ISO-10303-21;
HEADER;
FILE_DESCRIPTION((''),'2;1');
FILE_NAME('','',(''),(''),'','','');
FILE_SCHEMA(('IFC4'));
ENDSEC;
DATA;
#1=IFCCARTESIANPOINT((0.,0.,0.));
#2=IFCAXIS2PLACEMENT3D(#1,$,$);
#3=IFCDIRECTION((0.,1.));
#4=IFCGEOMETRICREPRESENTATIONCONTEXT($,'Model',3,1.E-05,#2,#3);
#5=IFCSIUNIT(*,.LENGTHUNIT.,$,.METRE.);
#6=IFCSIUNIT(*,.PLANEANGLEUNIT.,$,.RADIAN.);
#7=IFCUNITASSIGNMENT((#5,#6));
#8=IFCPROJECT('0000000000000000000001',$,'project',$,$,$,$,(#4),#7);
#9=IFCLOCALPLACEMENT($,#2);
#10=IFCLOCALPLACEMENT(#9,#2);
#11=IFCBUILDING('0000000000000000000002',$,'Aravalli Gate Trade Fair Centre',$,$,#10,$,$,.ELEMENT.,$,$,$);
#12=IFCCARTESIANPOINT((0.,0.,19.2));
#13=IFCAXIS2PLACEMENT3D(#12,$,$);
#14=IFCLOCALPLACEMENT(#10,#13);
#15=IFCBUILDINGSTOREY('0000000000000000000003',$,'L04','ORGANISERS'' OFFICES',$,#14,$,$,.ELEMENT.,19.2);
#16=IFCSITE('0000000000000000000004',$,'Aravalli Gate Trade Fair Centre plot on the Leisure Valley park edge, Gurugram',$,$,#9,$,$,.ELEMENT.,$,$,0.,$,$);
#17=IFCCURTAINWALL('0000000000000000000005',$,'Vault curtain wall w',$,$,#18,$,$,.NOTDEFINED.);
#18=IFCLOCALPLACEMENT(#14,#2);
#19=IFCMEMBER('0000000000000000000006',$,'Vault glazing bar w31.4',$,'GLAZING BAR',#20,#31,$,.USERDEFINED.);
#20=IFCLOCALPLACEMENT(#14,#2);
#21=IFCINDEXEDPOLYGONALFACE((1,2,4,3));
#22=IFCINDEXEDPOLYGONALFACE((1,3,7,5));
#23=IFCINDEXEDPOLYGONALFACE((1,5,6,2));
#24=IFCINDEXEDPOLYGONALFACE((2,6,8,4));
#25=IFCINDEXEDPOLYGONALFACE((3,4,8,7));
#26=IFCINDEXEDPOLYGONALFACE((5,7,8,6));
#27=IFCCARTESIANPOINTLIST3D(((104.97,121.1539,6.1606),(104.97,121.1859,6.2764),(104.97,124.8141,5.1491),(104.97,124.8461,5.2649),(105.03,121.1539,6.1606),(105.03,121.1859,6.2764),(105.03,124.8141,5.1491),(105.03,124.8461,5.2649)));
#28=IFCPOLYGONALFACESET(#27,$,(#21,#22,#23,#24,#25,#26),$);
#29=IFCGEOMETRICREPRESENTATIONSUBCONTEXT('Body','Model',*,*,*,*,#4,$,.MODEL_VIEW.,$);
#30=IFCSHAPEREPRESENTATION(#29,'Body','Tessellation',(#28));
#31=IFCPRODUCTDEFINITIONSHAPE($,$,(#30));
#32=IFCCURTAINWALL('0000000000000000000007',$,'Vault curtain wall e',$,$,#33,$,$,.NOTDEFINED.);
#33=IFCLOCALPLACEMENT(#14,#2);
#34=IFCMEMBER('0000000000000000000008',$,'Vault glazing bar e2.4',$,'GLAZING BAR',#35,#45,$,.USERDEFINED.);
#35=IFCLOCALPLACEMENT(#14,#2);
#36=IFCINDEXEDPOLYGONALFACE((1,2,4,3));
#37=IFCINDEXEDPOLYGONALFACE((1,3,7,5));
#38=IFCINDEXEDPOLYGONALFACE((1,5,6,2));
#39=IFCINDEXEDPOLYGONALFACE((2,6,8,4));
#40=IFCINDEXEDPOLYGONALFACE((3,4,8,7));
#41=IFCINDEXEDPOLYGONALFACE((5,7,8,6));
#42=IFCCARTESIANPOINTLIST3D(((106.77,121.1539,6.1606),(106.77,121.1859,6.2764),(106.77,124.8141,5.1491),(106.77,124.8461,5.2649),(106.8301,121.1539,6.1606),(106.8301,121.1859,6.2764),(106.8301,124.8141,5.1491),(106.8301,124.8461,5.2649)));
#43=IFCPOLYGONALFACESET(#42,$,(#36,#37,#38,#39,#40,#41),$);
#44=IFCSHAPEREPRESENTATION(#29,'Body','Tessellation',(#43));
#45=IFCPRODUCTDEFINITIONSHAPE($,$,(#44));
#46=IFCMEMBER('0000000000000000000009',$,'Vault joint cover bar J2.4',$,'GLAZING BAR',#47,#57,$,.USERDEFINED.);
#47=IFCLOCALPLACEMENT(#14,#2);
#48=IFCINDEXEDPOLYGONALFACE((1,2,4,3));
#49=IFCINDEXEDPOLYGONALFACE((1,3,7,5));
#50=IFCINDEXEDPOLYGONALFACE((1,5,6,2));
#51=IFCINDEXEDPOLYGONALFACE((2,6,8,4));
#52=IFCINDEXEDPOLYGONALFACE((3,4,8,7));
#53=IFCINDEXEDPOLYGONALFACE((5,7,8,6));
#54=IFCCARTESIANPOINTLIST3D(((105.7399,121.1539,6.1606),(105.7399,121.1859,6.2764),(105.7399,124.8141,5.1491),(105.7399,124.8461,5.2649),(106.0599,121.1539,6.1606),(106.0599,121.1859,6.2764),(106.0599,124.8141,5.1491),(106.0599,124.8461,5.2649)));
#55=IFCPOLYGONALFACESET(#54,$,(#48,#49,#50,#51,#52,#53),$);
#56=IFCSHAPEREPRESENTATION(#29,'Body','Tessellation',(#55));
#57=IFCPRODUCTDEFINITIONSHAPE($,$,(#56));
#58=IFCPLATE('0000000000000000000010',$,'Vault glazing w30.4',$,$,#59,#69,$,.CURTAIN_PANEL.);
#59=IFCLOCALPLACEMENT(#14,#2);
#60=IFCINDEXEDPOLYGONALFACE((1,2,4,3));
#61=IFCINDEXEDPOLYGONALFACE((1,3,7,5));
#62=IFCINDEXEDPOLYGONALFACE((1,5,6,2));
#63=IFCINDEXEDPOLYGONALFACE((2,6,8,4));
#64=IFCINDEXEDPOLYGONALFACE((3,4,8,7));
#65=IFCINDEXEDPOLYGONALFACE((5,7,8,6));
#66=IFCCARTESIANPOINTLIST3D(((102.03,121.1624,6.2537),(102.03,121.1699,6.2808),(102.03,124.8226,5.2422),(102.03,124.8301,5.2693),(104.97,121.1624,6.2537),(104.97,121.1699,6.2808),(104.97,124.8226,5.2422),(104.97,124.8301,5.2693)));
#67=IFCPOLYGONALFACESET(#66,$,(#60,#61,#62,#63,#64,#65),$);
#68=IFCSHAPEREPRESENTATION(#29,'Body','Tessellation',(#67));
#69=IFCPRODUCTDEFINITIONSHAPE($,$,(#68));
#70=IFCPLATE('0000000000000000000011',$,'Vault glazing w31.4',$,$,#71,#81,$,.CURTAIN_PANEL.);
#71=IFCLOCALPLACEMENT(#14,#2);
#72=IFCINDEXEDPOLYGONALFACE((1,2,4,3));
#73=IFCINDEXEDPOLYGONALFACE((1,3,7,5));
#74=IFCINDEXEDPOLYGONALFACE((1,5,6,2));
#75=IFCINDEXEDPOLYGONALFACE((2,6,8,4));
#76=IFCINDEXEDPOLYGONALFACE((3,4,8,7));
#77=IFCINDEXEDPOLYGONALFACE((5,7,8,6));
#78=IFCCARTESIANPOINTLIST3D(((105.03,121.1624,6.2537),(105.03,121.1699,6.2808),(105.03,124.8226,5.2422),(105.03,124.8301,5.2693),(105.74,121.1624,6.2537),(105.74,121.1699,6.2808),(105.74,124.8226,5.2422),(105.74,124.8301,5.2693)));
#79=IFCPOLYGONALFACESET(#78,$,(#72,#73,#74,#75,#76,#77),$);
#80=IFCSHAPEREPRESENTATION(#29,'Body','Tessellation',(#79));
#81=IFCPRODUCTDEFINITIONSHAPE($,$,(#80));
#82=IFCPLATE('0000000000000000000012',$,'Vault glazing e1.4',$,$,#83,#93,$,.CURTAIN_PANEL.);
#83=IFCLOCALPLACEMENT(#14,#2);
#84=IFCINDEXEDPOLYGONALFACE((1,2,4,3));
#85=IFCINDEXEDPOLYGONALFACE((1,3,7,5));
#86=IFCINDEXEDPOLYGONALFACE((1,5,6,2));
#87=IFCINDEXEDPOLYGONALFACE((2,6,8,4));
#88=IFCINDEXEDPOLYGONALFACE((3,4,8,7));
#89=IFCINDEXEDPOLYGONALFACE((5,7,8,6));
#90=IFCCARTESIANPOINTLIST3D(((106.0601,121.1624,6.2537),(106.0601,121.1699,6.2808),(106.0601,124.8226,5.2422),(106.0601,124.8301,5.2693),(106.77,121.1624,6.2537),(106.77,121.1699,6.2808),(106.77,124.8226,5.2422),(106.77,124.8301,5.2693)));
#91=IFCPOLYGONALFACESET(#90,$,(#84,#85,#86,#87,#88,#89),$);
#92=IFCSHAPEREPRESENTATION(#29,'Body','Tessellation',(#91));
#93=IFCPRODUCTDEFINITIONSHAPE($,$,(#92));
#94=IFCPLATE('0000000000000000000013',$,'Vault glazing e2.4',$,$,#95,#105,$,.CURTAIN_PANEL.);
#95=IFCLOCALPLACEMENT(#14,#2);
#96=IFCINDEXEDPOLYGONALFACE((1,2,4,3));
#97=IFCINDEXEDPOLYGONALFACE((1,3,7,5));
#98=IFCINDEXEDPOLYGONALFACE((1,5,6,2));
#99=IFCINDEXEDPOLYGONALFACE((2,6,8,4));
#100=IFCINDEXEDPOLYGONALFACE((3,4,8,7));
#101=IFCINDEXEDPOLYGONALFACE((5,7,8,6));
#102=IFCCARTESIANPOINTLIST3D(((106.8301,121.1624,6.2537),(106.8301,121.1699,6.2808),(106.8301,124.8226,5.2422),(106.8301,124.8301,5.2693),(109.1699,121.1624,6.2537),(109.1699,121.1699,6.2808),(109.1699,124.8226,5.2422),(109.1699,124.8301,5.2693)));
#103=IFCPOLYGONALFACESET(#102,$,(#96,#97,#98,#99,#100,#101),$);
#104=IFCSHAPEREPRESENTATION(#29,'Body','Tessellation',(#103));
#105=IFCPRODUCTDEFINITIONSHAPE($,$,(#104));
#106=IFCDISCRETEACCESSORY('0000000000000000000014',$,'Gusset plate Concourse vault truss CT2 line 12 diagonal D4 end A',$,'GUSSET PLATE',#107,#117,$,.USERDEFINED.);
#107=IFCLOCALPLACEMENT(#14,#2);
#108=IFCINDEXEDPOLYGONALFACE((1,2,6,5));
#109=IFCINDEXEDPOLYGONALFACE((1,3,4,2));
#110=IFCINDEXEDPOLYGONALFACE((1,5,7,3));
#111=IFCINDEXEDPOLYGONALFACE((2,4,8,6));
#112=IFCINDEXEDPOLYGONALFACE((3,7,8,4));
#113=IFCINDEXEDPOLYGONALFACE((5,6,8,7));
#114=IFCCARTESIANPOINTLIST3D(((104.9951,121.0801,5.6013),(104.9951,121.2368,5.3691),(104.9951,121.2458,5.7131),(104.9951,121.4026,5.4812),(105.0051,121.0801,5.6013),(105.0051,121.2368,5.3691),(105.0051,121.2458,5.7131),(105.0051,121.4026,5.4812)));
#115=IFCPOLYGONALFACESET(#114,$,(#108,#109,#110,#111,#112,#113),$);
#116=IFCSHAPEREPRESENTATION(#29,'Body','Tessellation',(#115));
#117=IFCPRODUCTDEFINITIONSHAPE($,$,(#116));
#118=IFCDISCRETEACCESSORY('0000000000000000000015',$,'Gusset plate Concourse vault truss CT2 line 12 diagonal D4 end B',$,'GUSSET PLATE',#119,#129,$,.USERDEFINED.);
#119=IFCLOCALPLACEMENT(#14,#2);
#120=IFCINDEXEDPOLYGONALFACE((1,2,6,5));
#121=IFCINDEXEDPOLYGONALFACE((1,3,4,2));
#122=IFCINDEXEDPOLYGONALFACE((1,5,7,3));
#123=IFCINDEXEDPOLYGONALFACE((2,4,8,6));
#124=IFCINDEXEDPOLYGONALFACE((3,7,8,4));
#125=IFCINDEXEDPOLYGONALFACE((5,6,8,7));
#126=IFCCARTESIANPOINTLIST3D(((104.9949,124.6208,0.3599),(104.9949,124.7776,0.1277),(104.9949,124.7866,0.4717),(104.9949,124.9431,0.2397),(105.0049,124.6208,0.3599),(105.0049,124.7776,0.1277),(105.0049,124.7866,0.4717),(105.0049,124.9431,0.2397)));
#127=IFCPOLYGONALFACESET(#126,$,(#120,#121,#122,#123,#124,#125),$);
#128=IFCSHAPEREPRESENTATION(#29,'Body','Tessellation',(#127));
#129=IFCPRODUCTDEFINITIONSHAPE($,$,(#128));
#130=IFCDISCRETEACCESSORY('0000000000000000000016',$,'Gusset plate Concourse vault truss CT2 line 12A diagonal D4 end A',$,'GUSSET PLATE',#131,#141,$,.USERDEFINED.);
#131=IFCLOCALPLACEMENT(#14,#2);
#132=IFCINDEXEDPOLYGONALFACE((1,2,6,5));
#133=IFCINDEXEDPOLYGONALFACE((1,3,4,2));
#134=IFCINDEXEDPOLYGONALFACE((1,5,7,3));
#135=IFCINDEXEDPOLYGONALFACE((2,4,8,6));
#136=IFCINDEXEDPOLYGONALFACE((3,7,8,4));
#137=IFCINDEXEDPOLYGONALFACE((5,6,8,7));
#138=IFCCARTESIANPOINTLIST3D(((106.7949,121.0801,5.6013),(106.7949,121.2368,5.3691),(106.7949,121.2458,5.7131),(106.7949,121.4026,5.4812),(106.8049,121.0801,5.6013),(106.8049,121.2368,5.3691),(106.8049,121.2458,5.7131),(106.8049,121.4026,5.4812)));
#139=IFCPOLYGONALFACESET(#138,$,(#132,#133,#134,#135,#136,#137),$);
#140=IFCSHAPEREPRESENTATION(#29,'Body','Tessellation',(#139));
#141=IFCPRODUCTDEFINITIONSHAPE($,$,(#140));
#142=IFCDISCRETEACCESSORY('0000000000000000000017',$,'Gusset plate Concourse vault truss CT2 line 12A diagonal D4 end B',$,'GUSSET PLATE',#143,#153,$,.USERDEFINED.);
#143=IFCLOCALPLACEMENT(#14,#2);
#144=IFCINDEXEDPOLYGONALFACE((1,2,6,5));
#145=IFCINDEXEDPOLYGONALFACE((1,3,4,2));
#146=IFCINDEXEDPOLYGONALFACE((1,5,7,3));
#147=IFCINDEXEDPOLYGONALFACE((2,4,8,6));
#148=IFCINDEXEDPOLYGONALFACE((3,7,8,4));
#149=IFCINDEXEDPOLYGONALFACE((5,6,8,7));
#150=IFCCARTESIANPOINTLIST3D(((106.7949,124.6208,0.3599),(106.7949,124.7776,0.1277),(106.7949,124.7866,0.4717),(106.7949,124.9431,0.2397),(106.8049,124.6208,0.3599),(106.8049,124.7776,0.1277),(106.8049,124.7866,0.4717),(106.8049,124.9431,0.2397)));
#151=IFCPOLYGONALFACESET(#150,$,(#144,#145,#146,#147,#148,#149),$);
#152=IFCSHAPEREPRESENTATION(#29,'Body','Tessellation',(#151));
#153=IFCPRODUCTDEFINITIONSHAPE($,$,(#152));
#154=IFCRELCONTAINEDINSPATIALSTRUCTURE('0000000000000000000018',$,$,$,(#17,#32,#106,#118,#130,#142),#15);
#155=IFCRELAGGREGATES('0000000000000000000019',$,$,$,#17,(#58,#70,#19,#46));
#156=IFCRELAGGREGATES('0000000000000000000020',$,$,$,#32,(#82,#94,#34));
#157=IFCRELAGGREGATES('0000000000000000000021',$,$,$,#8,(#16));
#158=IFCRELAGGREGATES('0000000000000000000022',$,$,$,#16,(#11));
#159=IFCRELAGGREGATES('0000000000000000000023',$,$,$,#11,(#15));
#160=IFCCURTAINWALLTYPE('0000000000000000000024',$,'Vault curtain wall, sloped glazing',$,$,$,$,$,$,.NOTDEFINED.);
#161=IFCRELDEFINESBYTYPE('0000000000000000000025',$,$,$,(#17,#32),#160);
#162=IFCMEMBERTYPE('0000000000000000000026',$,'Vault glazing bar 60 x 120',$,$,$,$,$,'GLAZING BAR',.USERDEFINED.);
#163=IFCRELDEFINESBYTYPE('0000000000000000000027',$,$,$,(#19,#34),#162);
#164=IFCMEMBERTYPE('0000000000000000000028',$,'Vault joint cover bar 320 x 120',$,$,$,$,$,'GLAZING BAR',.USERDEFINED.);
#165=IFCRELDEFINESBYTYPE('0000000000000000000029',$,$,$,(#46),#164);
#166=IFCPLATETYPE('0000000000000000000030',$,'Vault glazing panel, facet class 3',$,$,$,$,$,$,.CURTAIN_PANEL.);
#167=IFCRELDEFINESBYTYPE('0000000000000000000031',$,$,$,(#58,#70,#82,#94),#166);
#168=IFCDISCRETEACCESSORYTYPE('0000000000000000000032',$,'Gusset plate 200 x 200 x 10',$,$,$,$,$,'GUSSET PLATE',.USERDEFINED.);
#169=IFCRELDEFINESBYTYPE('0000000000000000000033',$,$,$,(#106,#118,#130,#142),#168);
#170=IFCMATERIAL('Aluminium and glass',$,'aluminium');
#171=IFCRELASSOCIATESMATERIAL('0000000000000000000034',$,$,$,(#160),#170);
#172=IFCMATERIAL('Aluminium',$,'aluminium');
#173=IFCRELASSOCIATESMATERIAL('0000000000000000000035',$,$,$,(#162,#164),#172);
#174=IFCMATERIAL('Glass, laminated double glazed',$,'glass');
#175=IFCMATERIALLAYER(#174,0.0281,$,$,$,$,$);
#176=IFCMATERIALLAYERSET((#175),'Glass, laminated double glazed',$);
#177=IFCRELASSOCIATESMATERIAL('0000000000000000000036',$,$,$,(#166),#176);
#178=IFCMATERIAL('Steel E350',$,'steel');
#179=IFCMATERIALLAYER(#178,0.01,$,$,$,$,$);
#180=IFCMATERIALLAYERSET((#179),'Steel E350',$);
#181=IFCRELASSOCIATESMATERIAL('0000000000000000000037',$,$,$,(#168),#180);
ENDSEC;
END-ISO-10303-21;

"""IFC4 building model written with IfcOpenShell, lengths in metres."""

from ifc_helpers import new_model, si_unit, direction, frame, origin, origin_2d, place, context, subcontext, project, spatial, polyline, rectangle, outline, extrude, material, layer, layer_set, material_profile, profile_set, type_object, element, aggregate, save


model = new_model("IFC4")

# Units and contexts
model_context = context("Model", 3, precision=1e-05, world=origin(), true_north=direction((0.0, 1.0)))
body_context = subcontext(model_context, "Body", "Model", "MODEL_VIEW")
ifc_project = project(units=[si_unit("LENGTHUNIT", "METRE"), si_unit("PLANEANGLEUNIT", "RADIAN")], contexts=[model_context])

# Site, building, storey
site_placement = place(None, origin())
site = spatial("IfcSite", under=ifc_project, at=site_placement, Name="Aravalli Gate Trade Fair Centre plot on the Leisure Valley park edge, Gurugram", CompositionType="ELEMENT", RefElevation=0.0)
building_placement = place(site_placement, origin())
building = spatial("IfcBuilding", under=site, at=building_placement, Name="Aravalli Gate Trade Fair Centre", CompositionType="ELEMENT")
storey_placement = place(building_placement, frame((0.0, 0.0, 19.2)))
storey = spatial("IfcBuildingStorey", under=building, at=storey_placement, Name="L04", Description="ORGANISERS' OFFICES", CompositionType="ELEMENT", Elevation=19.2)

# Shared definitions
ifc_material_1 = material(Name="Steel E350", Category="steel")
ifc_material_2 = material(Name="Aluminium", Category="aluminium")

# Curtain wall, member
ifc_material_3 = material(Name="Aluminium and glass", Category="aluminium")
curtain_wall_type = type_object("IfcCurtainWallType", Name="Vault curtain wall, sloped glazing", PredefinedType="NOTDEFINED", material=ifc_material_3)
curtain_wall_1_placement = place(storey_placement, origin())
curtain_wall_1 = element("IfcCurtainWall", 1, at=curtain_wall_1_placement, inside=storey, type_object=curtain_wall_type, Name="Vault curtain wall w", PredefinedType="NOTDEFINED")
ifc_material_profile_1 = material_profile(ifc_material_2, rectangle(XDim=0.0601, YDim=0.1201, at=origin_2d()), Name="Vault glazing bar 60 x 120")
ifc_profile_set_1 = profile_set([ifc_material_profile_1], Name="Aluminium")
member_type_1 = type_object("IfcMemberType", Name="Vault glazing bar 60 x 120", ElementType="GLAZING BAR", PredefinedType="USERDEFINED", material=ifc_profile_set_1)
member_1_placement = place(storey_placement, frame((105.0, 121.1699, 6.2185), z_axis=(0.0, 0.963873, -0.266364), x_axis=(-1.0, 0.0, 0.0)))
member_1 = element("IfcMember", 2, at=member_1_placement, type_object=member_type_1, Name="Vault glazing bar w31.4", ObjectType="GLAZING BAR", PredefinedType="USERDEFINED", context=body_context, shape_type="SweptSolid", body=[
    extrude(rectangle(XDim=0.0601, YDim=0.1201, at=origin_2d()), origin(), (0.0, 0.0, 1.0), 3.7974),
])

# Curtain wall, member
curtain_wall_2_placement = place(storey_placement, origin())
curtain_wall_2 = element("IfcCurtainWall", 3, at=curtain_wall_2_placement, inside=storey, type_object=curtain_wall_type, Name="Vault curtain wall e", PredefinedType="NOTDEFINED")
member_2_placement = place(storey_placement, frame((106.8, 121.1699, 6.2185), z_axis=(0.0, 0.963873, -0.266364), x_axis=(-1.0, 0.0, 0.0)))
member_2 = element("IfcMember", 4, at=member_2_placement, type_object=member_type_1, Name="Vault glazing bar e2.4", ObjectType="GLAZING BAR", PredefinedType="USERDEFINED", context=body_context, shape_type="SweptSolid", body=[
    extrude(rectangle(XDim=0.0601, YDim=0.1201, at=origin_2d()), origin(), (0.0, 0.0, 1.0), 3.7974),
])

# Member
ifc_material_profile_2 = material_profile(ifc_material_2, rectangle(XDim=0.3201, YDim=0.1201, at=origin_2d()), Name="Vault joint cover bar 320 x 120")
ifc_profile_set_2 = profile_set([ifc_material_profile_2], Name="Aluminium")
member_type_2 = type_object("IfcMemberType", Name="Vault joint cover bar 320 x 120", ElementType="GLAZING BAR", PredefinedType="USERDEFINED", material=ifc_profile_set_2)
member_3_placement = place(storey_placement, frame((105.8999, 121.1699, 6.2185), z_axis=(0.0, 0.963873, -0.266364), x_axis=(-1.0, 0.0, 0.0)))
member_3 = element("IfcMember", 5, at=member_3_placement, type_object=member_type_2, Name="Vault joint cover bar J2.4", ObjectType="GLAZING BAR", PredefinedType="USERDEFINED", context=body_context, shape_type="SweptSolid", body=[
    extrude(rectangle(XDim=0.3201, YDim=0.1201, at=origin_2d()), origin(), (0.0, 0.0, 1.0), 3.7974),
])

# Plates
ifc_material_4 = material(Name="Glass, laminated double glazed", Category="glass")
ifc_layer_1 = layer(ifc_material_4, 0.0281)
ifc_layer_set_1 = layer_set([ifc_layer_1], Name="Glass, laminated double glazed")
plate_type = type_object("IfcPlateType", Name="Vault glazing panel, facet class 3", PredefinedType="CURTAIN_PANEL", material=ifc_layer_set_1)
plate_1_placement = place(storey_placement, frame((102.03, 121.1699, 6.2808), z_axis=(0.0, 0.266364, 0.963873), x_axis=(1.0, 0.0, 0.0)))
plate_1 = element("IfcPlate", 6, at=plate_1_placement, type_object=plate_type, Name="Vault glazing w30.4", PredefinedType="CURTAIN_PANEL", context=body_context, shape_type="SweptSolid", body=[
    extrude(outline(polyline([(0.0, 0.0), (2.9399, 0.0), (2.9399, 3.7973), (0.0, 3.7973), (0.0, 0.0)])), origin(), (0.0, 0.0, -1.0), 0.0281),
])
plate_2_placement = place(storey_placement, frame((105.03, 121.1699, 6.2808), z_axis=(0.0, 0.266364, 0.963873), x_axis=(1.0, 0.0, 0.0)))
plate_2 = element("IfcPlate", 7, at=plate_2_placement, type_object=plate_type, Name="Vault glazing w31.4", PredefinedType="CURTAIN_PANEL", context=body_context, shape_type="SweptSolid", body=[
    extrude(outline(polyline([(0.0, 0.0), (0.71, 0.0), (0.71, 3.7973), (0.0, 3.7973), (0.0, 0.0)])), origin(), (0.0, 0.0, -1.0), 0.0281),
])
aggregate(curtain_wall_1, [plate_1, plate_2, member_1, member_3])
plate_3_placement = place(storey_placement, frame((106.0601, 121.1699, 6.2808), z_axis=(0.0, 0.266364, 0.963873), x_axis=(1.0, 0.0, 0.0)))
plate_3 = element("IfcPlate", 8, at=plate_3_placement, type_object=plate_type, Name="Vault glazing e1.4", PredefinedType="CURTAIN_PANEL", context=body_context, shape_type="SweptSolid", body=[
    extrude(outline(polyline([(0.0, 0.0), (0.71, 0.0), (0.71, 3.7973), (0.0, 3.7973), (0.0, 0.0)])), origin(), (0.0, 0.0, -1.0), 0.0281),
])
plate_4_placement = place(storey_placement, frame((106.8301, 121.1699, 6.2808), z_axis=(0.0, 0.266364, 0.963873), x_axis=(1.0, 0.0, 0.0)))
plate_4 = element("IfcPlate", 9, at=plate_4_placement, type_object=plate_type, Name="Vault glazing e2.4", PredefinedType="CURTAIN_PANEL", context=body_context, shape_type="SweptSolid", body=[
    extrude(outline(polyline([(0.0, 0.0), (2.3398, 0.0), (2.3398, 3.7973), (0.0, 3.7973), (0.0, 0.0)])), origin(), (0.0, 0.0, -1.0), 0.0281),
])
aggregate(curtain_wall_2, [plate_3, plate_4, member_2])

# Discrete accessories
ifc_layer_2 = layer(ifc_material_1, 0.01)
ifc_layer_set_2 = layer_set([ifc_layer_2], Name="Steel E350")
discrete_accessory_type = type_object("IfcDiscreteAccessoryType", Name="Gusset plate 200 x 200 x 10", ElementType="GUSSET PLATE", PredefinedType="USERDEFINED", material=ifc_layer_set_2)
discrete_accessory_1_placement = place(storey_placement, frame((104.9951, 121.2368, 5.3691), z_axis=(-1.0, 0.0, 0.0), x_axis=(0.0, -0.559518, 0.828818)))
element("IfcDiscreteAccessory", 10, at=discrete_accessory_1_placement, inside=storey, type_object=discrete_accessory_type, Name="Gusset plate Concourse vault truss CT2 line 12 diagonal D4 end A", ObjectType="GUSSET PLATE", PredefinedType="USERDEFINED", context=body_context, shape_type="SweptSolid", body=[
    extrude(outline(polyline([(0.0, 0.0), (0.2801, 0.0), (0.2801, 0.2), (0.0001, 0.2001), (0.0, 0.0)])), origin(), (0.0, 0.0, -1.0), 0.01),
])
discrete_accessory_2_placement = place(storey_placement, frame((105.0049, 124.6208, 0.3599), z_axis=(1.0, 0.0, 0.0), x_axis=(0.0, 0.559518, -0.828818)))
element("IfcDiscreteAccessory", 11, at=discrete_accessory_2_placement, inside=storey, type_object=discrete_accessory_type, Name="Gusset plate Concourse vault truss CT2 line 12 diagonal D4 end B", ObjectType="GUSSET PLATE", PredefinedType="USERDEFINED", context=body_context, shape_type="SweptSolid", body=[
    extrude(outline(polyline([(0.0, 0.0), (0.2801, 0.0), (0.2799, 0.1999), (0.0001, 0.2), (0.0, 0.0)])), origin(), (0.0, 0.0, -1.0), 0.01),
])
discrete_accessory_3_placement = place(storey_placement, frame((106.7949, 121.2368, 5.3691), z_axis=(-1.0, 0.0, 0.0), x_axis=(0.0, -0.559518, 0.828818)))
element("IfcDiscreteAccessory", 12, at=discrete_accessory_3_placement, inside=storey, type_object=discrete_accessory_type, Name="Gusset plate Concourse vault truss CT2 line 12A diagonal D4 end A", ObjectType="GUSSET PLATE", PredefinedType="USERDEFINED", context=body_context, shape_type="SweptSolid", body=[
    extrude(outline(polyline([(0.0, 0.0), (0.2801, 0.0), (0.2801, 0.2), (0.0001, 0.2001), (0.0, 0.0)])), origin(), (0.0, 0.0, -1.0), 0.01),
])
discrete_accessory_4_placement = place(storey_placement, frame((106.8049, 124.6208, 0.3599), z_axis=(1.0, 0.0, 0.0), x_axis=(0.0, 0.559518, -0.828818)))
element("IfcDiscreteAccessory", 13, at=discrete_accessory_4_placement, inside=storey, type_object=discrete_accessory_type, Name="Gusset plate Concourse vault truss CT2 line 12A diagonal D4 end B", ObjectType="GUSSET PLATE", PredefinedType="USERDEFINED", context=body_context, shape_type="SweptSolid", body=[
    extrude(outline(polyline([(0.0, 0.0), (0.2801, 0.0), (0.2799, 0.1999), (0.0001, 0.2), (0.0, 0.0)])), origin(), (0.0, 0.0, -1.0), 0.01),
])

save(model, "model.ifc")
